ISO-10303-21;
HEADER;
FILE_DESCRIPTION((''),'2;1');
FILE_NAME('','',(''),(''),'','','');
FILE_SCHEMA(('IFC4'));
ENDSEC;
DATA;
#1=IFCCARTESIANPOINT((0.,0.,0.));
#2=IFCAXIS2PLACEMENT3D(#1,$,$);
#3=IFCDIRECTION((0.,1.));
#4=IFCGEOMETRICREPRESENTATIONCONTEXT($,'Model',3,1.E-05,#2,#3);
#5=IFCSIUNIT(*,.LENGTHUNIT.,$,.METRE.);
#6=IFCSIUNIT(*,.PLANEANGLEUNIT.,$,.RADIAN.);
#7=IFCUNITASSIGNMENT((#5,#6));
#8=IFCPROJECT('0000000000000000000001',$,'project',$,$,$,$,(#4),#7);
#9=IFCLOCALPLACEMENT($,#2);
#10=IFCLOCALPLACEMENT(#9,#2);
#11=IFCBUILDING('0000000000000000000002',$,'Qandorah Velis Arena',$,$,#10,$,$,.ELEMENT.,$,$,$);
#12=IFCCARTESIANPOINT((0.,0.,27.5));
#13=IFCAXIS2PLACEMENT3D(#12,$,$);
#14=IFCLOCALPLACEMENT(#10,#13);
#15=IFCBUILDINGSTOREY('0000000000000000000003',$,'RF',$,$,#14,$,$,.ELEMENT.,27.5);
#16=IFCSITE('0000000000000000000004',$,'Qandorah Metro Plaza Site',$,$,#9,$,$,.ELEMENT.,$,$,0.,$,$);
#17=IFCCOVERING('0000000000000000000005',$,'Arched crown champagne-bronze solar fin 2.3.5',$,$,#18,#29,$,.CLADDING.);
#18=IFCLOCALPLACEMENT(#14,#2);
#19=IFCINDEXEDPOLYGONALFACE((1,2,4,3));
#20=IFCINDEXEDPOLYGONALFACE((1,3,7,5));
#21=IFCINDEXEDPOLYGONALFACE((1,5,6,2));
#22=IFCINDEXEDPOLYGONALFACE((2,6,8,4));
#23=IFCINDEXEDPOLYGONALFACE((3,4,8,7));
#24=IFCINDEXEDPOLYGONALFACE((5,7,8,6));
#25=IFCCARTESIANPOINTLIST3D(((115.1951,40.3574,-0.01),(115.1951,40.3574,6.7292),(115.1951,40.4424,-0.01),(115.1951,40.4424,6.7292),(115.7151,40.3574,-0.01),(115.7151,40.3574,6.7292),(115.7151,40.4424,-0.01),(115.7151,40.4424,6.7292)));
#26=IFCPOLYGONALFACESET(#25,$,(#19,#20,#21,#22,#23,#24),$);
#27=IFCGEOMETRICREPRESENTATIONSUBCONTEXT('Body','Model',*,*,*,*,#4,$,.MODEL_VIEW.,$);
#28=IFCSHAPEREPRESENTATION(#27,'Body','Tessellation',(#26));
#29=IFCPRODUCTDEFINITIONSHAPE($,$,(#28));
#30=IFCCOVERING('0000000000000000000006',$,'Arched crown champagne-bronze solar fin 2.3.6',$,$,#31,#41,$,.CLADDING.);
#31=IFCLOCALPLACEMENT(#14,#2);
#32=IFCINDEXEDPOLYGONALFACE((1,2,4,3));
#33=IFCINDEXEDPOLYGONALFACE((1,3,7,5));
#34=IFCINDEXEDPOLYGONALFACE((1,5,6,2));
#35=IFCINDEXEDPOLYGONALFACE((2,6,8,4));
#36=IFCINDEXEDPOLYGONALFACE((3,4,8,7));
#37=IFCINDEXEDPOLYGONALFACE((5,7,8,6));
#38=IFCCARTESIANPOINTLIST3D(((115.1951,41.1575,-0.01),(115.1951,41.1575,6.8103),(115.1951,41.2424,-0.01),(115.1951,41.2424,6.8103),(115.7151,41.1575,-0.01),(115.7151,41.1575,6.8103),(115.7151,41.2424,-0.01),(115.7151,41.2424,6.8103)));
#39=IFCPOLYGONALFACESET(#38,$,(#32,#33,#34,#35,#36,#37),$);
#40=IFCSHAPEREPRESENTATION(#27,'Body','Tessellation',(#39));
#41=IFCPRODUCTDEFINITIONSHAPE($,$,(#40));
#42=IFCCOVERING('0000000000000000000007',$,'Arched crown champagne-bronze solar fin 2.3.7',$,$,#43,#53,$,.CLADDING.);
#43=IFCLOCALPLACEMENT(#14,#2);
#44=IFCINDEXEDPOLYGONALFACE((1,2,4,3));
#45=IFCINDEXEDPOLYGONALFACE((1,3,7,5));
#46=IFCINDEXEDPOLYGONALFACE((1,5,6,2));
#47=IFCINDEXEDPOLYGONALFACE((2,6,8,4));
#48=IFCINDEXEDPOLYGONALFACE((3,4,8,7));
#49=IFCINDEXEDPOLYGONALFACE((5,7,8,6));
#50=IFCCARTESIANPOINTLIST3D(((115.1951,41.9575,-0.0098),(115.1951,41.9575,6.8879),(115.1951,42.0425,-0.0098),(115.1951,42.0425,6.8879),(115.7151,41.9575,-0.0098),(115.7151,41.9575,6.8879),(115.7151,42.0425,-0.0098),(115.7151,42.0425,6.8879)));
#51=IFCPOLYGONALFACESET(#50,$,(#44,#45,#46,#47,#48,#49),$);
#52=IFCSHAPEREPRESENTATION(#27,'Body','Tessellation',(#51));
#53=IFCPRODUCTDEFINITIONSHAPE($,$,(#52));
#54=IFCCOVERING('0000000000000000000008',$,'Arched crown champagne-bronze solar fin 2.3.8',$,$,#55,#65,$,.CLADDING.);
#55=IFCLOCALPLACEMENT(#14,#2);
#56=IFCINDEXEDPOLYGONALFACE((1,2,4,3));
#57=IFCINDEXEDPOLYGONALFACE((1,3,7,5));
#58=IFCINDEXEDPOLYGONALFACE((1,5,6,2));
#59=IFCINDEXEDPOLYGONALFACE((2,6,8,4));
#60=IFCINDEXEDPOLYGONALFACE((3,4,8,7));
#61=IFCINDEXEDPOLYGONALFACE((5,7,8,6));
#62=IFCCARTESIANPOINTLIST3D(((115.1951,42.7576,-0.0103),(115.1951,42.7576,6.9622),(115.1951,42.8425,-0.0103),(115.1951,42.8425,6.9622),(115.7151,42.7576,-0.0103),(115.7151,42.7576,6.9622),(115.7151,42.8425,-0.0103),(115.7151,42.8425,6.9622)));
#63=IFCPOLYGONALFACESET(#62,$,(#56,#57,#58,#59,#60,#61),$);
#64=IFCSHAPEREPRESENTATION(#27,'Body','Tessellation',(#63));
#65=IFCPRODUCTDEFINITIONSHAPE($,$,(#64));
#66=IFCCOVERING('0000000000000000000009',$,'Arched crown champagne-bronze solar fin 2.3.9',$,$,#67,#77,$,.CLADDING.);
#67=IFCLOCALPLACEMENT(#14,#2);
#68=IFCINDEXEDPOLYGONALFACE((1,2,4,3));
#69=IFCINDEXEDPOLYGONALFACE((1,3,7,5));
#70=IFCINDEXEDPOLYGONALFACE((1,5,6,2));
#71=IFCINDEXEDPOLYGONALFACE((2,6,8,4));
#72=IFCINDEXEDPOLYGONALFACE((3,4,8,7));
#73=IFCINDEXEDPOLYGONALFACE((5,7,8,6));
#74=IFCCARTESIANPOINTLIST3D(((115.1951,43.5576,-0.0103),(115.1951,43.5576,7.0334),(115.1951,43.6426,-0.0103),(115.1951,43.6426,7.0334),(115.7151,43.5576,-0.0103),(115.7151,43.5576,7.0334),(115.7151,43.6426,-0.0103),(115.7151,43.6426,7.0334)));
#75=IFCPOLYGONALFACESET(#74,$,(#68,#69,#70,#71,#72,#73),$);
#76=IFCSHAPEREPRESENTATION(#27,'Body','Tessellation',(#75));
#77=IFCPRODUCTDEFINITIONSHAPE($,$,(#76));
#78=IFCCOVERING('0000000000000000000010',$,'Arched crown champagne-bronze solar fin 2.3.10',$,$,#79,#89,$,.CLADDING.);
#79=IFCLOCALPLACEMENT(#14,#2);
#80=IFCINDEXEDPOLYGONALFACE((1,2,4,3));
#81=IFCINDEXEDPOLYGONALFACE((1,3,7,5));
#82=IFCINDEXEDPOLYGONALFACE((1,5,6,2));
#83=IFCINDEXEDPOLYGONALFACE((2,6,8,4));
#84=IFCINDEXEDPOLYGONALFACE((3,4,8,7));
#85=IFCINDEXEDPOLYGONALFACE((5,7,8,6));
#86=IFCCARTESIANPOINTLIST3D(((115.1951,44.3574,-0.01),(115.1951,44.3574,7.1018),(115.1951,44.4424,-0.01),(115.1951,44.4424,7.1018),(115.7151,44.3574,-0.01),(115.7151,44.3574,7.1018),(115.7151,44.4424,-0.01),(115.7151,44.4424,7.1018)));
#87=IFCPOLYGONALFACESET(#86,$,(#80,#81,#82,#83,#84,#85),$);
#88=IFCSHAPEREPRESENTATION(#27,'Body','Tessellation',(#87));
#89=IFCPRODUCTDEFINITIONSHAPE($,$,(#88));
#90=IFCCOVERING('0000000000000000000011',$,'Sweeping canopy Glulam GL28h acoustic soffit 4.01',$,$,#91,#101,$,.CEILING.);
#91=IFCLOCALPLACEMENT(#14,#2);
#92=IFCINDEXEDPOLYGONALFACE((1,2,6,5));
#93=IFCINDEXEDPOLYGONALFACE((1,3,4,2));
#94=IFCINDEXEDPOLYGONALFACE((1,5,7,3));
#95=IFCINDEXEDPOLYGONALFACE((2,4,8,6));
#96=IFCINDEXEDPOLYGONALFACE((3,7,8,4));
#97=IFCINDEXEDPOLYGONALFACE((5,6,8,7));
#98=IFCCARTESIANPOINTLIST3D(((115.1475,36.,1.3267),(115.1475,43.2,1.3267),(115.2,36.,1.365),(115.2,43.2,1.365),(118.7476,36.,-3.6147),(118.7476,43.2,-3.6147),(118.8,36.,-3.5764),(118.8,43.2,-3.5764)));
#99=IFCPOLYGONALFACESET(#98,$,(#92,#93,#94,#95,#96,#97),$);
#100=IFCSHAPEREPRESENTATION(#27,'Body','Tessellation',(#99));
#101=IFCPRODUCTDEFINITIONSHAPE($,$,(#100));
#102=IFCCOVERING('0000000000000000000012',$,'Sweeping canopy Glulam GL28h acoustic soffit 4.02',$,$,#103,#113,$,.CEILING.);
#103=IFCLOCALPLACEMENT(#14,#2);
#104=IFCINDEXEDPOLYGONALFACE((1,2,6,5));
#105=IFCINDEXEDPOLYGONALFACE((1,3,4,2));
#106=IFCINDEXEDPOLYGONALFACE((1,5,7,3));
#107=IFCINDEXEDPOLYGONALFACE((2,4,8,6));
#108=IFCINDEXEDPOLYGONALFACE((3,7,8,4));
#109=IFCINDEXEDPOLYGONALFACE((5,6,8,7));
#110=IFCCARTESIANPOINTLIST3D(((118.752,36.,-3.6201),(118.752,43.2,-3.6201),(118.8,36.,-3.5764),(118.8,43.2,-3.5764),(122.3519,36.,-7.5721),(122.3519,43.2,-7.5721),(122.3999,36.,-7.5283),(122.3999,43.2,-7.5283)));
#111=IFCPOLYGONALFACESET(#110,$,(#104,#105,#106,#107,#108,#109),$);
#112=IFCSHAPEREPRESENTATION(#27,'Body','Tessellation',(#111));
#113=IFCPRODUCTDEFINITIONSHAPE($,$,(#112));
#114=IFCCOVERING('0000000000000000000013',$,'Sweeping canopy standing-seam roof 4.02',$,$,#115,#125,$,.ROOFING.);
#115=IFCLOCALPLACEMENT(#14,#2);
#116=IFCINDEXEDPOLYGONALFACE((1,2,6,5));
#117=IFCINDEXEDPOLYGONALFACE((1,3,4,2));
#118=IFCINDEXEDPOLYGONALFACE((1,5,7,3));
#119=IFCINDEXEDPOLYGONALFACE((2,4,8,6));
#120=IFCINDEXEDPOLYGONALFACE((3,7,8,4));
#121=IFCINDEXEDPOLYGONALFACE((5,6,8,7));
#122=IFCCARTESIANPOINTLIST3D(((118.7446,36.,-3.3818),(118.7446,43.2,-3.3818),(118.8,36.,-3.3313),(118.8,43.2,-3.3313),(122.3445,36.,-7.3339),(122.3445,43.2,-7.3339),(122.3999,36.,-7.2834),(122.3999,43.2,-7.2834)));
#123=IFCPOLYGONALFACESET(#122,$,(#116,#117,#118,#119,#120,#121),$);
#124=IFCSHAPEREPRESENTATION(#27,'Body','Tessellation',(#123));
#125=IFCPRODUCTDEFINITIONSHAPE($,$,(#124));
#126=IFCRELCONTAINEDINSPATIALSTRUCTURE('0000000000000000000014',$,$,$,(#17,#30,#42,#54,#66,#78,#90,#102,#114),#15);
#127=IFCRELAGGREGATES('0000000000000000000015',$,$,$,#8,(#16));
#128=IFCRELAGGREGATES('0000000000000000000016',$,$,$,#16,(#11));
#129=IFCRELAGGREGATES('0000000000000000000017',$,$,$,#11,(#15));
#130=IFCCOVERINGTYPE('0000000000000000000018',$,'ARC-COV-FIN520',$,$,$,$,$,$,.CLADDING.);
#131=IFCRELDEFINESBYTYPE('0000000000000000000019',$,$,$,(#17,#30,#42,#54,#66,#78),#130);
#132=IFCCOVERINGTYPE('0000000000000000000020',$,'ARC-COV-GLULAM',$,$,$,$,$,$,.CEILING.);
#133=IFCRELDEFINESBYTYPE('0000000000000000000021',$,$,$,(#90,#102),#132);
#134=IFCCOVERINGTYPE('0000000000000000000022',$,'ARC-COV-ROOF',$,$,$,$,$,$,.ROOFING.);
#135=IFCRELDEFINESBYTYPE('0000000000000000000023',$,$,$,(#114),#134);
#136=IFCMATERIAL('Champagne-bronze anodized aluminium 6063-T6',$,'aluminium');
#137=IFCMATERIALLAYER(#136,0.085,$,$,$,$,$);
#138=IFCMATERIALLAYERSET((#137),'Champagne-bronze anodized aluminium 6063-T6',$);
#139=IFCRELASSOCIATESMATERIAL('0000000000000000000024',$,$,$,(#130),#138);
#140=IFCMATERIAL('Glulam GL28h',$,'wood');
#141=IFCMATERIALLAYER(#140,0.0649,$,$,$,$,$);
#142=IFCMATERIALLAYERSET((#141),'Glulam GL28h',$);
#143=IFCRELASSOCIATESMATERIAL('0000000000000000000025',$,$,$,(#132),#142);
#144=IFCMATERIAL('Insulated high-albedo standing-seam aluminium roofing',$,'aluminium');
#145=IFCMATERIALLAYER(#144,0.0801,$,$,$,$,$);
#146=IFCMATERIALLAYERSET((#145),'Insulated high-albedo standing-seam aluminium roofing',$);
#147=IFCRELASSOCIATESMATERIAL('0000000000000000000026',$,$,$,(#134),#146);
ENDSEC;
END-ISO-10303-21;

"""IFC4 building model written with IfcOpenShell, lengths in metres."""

from ifc_helpers import new_model, si_unit, direction, frame, origin, origin_2d, place, context, subcontext, project, spatial, polyline, rectangle, outline, extrude, material, layer, layer_set, type_object, element, save


model = new_model("IFC4")

# Units and contexts
model_context = context("Model", 3, precision=1e-05, world=origin(), true_north=direction((0.0, 1.0)))
body_context = subcontext(model_context, "Body", "Model", "MODEL_VIEW")
ifc_project = project(units=[si_unit("LENGTHUNIT", "METRE"), si_unit("PLANEANGLEUNIT", "RADIAN")], contexts=[model_context])

# Site, building, storey
site_placement = place(None, origin())
site = spatial("IfcSite", under=ifc_project, at=site_placement, Name="Qandorah Metro Plaza Site", CompositionType="ELEMENT", RefElevation=0.0)
building_placement = place(site_placement, origin())
building = spatial("IfcBuilding", under=site, at=building_placement, Name="Qandorah Velis Arena", CompositionType="ELEMENT")
storey_placement = place(building_placement, frame((0.0, 0.0, 27.5)))
storey = spatial("IfcBuildingStorey", under=building, at=storey_placement, Name="RF", CompositionType="ELEMENT", Elevation=27.5)

# Shared definitions
ifc_material_1 = material(Name="Champagne-bronze anodized aluminium 6063-T6", Category="aluminium")

# Coverings
ifc_layer_1 = layer(ifc_material_1, 0.085)
ifc_layer_set_1 = layer_set([ifc_layer_1], Name="Champagne-bronze anodized aluminium 6063-T6")
covering_type_1 = type_object("IfcCoveringType", Name="ARC-COV-FIN520", PredefinedType="CLADDING", material=ifc_layer_set_1)
covering_1_placement = place(storey_placement, frame((115.4551, 40.3999, -0.01), z_axis=(0.0, 0.0, 1.0), x_axis=(1.0, 0.0, 0.0)))
element("IfcCovering", 1, at=covering_1_placement, inside=storey, type_object=covering_type_1, Name="Arched crown champagne-bronze solar fin 2.3.5", PredefinedType="CLADDING", context=body_context, shape_type="SweptSolid", body=[
    extrude(rectangle(XDim=0.52, YDim=0.085, at=origin_2d()), origin(), (0.0, 0.0, 1.0), 6.7393),
])
covering_2_placement = place(storey_placement, frame((115.4551, 41.2, -0.01), z_axis=(0.0, 0.0, 1.0), x_axis=(1.0, 0.0, 0.0)))
element("IfcCovering", 2, at=covering_2_placement, inside=storey, type_object=covering_type_1, Name="Arched crown champagne-bronze solar fin 2.3.6", PredefinedType="CLADDING", context=body_context, shape_type="SweptSolid", body=[
    extrude(rectangle(XDim=0.52, YDim=0.085, at=origin_2d()), origin(), (0.0, 0.0, 1.0), 6.8203),
])
covering_3_placement = place(storey_placement, frame((115.4551, 42.0, -0.0098), z_axis=(0.0, 0.0, 1.0), x_axis=(1.0, 0.0, 0.0)))
element("IfcCovering", 3, at=covering_3_placement, inside=storey, type_object=covering_type_1, Name="Arched crown champagne-bronze solar fin 2.3.7", PredefinedType="CLADDING", context=body_context, shape_type="SweptSolid", body=[
    extrude(rectangle(XDim=0.52, YDim=0.085, at=origin_2d()), origin(), (0.0, 0.0, 1.0), 6.8977),
])
covering_4_placement = place(storey_placement, frame((115.4551, 42.8, -0.0103), z_axis=(0.0, 0.0, 1.0), x_axis=(1.0, 0.0, 0.0)))
element("IfcCovering", 4, at=covering_4_placement, inside=storey, type_object=covering_type_1, Name="Arched crown champagne-bronze solar fin 2.3.8", PredefinedType="CLADDING", context=body_context, shape_type="SweptSolid", body=[
    extrude(rectangle(XDim=0.52, YDim=0.085, at=origin_2d()), origin(), (0.0, 0.0, 1.0), 6.9724),
])
covering_5_placement = place(storey_placement, frame((115.4551, 43.6001, -0.0103), z_axis=(0.0, 0.0, 1.0), x_axis=(1.0, 0.0, 0.0)))
element("IfcCovering", 5, at=covering_5_placement, inside=storey, type_object=covering_type_1, Name="Arched crown champagne-bronze solar fin 2.3.9", PredefinedType="CLADDING", context=body_context, shape_type="SweptSolid", body=[
    extrude(rectangle(XDim=0.52, YDim=0.085, at=origin_2d()), origin(), (0.0, 0.0, 1.0), 7.0437),
])
covering_6_placement = place(storey_placement, frame((115.4551, 44.3999, -0.01), z_axis=(0.0, 0.0, 1.0), x_axis=(1.0, 0.0, 0.0)))
element("IfcCovering", 6, at=covering_6_placement, inside=storey, type_object=covering_type_1, Name="Arched crown champagne-bronze solar fin 2.3.10", PredefinedType="CLADDING", context=body_context, shape_type="SweptSolid", body=[
    extrude(rectangle(XDim=0.52, YDim=0.085, at=origin_2d()), origin(), (0.0, 0.0, 1.0), 7.1118),
])
ifc_material_2 = material(Name="Glulam GL28h", Category="wood")
ifc_layer_2 = layer(ifc_material_2, 0.0649)
ifc_layer_set_2 = layer_set([ifc_layer_2], Name="Glulam GL28h")
covering_type_2 = type_object("IfcCoveringType", Name="ARC-COV-GLULAM", PredefinedType="CEILING", material=ifc_layer_set_2)
covering_7_placement = place(storey_placement, frame((115.2, 36.0, 1.365), z_axis=(0.808242, 0.0, 0.588851), x_axis=(0.588851, 0.0, -0.808242)))
element("IfcCovering", 7, at=covering_7_placement, inside=storey, type_object=covering_type_2, Name="Sweeping canopy Glulam GL28h acoustic soffit 4.01", PredefinedType="CEILING", context=body_context, shape_type="SweptSolid", body=[
    extrude(outline(polyline([(0.0, 0.0), (6.1138, 0.0), (6.1138, 7.2), (0.0, 7.2), (0.0, 0.0)])), origin(), (0.0, 0.0, -1.0), 0.0649),
])
covering_8_placement = place(storey_placement, frame((118.8, 36.0, -3.5764), z_axis=(0.739268, 0.0, 0.673411), x_axis=(0.673411, 0.0, -0.739268)))
element("IfcCovering", 8, at=covering_8_placement, inside=storey, type_object=covering_type_2, Name="Sweeping canopy Glulam GL28h acoustic soffit 4.02", PredefinedType="CEILING", context=body_context, shape_type="SweptSolid", body=[
    extrude(outline(polyline([(0.0, 0.0), (5.3457, 0.0), (5.3457, 7.2), (0.0, 7.2), (0.0, 0.0)])), origin(), (0.0, 0.0, -1.0), 0.0649),
])
ifc_material_3 = material(Name="Insulated high-albedo standing-seam aluminium roofing", Category="aluminium")
ifc_layer_3 = layer(ifc_material_3, 0.0801)
ifc_layer_set_3 = layer_set([ifc_layer_3], Name="Insulated high-albedo standing-seam aluminium roofing")
covering_type_3 = type_object("IfcCoveringType", Name="ARC-COV-ROOF", PredefinedType="ROOFING", material=ifc_layer_set_3)
covering_9_placement = place(storey_placement, frame((118.8, 36.0, -3.3313), z_axis=(0.739289, 0.0, 0.673389), x_axis=(0.673389, 0.0, -0.739289)))
element("IfcCovering", 9, at=covering_9_placement, inside=storey, type_object=covering_type_3, Name="Sweeping canopy standing-seam roof 4.02", PredefinedType="ROOFING", context=body_context, shape_type="SweptSolid", body=[
    extrude(outline(polyline([(0.0, 0.0), (5.3459, 0.0), (5.3459, 7.2), (0.0, 7.2), (0.0, 0.0)])), origin(), (0.0, 0.0, -1.0), 0.075),
])

save(model, "model.ifc")
